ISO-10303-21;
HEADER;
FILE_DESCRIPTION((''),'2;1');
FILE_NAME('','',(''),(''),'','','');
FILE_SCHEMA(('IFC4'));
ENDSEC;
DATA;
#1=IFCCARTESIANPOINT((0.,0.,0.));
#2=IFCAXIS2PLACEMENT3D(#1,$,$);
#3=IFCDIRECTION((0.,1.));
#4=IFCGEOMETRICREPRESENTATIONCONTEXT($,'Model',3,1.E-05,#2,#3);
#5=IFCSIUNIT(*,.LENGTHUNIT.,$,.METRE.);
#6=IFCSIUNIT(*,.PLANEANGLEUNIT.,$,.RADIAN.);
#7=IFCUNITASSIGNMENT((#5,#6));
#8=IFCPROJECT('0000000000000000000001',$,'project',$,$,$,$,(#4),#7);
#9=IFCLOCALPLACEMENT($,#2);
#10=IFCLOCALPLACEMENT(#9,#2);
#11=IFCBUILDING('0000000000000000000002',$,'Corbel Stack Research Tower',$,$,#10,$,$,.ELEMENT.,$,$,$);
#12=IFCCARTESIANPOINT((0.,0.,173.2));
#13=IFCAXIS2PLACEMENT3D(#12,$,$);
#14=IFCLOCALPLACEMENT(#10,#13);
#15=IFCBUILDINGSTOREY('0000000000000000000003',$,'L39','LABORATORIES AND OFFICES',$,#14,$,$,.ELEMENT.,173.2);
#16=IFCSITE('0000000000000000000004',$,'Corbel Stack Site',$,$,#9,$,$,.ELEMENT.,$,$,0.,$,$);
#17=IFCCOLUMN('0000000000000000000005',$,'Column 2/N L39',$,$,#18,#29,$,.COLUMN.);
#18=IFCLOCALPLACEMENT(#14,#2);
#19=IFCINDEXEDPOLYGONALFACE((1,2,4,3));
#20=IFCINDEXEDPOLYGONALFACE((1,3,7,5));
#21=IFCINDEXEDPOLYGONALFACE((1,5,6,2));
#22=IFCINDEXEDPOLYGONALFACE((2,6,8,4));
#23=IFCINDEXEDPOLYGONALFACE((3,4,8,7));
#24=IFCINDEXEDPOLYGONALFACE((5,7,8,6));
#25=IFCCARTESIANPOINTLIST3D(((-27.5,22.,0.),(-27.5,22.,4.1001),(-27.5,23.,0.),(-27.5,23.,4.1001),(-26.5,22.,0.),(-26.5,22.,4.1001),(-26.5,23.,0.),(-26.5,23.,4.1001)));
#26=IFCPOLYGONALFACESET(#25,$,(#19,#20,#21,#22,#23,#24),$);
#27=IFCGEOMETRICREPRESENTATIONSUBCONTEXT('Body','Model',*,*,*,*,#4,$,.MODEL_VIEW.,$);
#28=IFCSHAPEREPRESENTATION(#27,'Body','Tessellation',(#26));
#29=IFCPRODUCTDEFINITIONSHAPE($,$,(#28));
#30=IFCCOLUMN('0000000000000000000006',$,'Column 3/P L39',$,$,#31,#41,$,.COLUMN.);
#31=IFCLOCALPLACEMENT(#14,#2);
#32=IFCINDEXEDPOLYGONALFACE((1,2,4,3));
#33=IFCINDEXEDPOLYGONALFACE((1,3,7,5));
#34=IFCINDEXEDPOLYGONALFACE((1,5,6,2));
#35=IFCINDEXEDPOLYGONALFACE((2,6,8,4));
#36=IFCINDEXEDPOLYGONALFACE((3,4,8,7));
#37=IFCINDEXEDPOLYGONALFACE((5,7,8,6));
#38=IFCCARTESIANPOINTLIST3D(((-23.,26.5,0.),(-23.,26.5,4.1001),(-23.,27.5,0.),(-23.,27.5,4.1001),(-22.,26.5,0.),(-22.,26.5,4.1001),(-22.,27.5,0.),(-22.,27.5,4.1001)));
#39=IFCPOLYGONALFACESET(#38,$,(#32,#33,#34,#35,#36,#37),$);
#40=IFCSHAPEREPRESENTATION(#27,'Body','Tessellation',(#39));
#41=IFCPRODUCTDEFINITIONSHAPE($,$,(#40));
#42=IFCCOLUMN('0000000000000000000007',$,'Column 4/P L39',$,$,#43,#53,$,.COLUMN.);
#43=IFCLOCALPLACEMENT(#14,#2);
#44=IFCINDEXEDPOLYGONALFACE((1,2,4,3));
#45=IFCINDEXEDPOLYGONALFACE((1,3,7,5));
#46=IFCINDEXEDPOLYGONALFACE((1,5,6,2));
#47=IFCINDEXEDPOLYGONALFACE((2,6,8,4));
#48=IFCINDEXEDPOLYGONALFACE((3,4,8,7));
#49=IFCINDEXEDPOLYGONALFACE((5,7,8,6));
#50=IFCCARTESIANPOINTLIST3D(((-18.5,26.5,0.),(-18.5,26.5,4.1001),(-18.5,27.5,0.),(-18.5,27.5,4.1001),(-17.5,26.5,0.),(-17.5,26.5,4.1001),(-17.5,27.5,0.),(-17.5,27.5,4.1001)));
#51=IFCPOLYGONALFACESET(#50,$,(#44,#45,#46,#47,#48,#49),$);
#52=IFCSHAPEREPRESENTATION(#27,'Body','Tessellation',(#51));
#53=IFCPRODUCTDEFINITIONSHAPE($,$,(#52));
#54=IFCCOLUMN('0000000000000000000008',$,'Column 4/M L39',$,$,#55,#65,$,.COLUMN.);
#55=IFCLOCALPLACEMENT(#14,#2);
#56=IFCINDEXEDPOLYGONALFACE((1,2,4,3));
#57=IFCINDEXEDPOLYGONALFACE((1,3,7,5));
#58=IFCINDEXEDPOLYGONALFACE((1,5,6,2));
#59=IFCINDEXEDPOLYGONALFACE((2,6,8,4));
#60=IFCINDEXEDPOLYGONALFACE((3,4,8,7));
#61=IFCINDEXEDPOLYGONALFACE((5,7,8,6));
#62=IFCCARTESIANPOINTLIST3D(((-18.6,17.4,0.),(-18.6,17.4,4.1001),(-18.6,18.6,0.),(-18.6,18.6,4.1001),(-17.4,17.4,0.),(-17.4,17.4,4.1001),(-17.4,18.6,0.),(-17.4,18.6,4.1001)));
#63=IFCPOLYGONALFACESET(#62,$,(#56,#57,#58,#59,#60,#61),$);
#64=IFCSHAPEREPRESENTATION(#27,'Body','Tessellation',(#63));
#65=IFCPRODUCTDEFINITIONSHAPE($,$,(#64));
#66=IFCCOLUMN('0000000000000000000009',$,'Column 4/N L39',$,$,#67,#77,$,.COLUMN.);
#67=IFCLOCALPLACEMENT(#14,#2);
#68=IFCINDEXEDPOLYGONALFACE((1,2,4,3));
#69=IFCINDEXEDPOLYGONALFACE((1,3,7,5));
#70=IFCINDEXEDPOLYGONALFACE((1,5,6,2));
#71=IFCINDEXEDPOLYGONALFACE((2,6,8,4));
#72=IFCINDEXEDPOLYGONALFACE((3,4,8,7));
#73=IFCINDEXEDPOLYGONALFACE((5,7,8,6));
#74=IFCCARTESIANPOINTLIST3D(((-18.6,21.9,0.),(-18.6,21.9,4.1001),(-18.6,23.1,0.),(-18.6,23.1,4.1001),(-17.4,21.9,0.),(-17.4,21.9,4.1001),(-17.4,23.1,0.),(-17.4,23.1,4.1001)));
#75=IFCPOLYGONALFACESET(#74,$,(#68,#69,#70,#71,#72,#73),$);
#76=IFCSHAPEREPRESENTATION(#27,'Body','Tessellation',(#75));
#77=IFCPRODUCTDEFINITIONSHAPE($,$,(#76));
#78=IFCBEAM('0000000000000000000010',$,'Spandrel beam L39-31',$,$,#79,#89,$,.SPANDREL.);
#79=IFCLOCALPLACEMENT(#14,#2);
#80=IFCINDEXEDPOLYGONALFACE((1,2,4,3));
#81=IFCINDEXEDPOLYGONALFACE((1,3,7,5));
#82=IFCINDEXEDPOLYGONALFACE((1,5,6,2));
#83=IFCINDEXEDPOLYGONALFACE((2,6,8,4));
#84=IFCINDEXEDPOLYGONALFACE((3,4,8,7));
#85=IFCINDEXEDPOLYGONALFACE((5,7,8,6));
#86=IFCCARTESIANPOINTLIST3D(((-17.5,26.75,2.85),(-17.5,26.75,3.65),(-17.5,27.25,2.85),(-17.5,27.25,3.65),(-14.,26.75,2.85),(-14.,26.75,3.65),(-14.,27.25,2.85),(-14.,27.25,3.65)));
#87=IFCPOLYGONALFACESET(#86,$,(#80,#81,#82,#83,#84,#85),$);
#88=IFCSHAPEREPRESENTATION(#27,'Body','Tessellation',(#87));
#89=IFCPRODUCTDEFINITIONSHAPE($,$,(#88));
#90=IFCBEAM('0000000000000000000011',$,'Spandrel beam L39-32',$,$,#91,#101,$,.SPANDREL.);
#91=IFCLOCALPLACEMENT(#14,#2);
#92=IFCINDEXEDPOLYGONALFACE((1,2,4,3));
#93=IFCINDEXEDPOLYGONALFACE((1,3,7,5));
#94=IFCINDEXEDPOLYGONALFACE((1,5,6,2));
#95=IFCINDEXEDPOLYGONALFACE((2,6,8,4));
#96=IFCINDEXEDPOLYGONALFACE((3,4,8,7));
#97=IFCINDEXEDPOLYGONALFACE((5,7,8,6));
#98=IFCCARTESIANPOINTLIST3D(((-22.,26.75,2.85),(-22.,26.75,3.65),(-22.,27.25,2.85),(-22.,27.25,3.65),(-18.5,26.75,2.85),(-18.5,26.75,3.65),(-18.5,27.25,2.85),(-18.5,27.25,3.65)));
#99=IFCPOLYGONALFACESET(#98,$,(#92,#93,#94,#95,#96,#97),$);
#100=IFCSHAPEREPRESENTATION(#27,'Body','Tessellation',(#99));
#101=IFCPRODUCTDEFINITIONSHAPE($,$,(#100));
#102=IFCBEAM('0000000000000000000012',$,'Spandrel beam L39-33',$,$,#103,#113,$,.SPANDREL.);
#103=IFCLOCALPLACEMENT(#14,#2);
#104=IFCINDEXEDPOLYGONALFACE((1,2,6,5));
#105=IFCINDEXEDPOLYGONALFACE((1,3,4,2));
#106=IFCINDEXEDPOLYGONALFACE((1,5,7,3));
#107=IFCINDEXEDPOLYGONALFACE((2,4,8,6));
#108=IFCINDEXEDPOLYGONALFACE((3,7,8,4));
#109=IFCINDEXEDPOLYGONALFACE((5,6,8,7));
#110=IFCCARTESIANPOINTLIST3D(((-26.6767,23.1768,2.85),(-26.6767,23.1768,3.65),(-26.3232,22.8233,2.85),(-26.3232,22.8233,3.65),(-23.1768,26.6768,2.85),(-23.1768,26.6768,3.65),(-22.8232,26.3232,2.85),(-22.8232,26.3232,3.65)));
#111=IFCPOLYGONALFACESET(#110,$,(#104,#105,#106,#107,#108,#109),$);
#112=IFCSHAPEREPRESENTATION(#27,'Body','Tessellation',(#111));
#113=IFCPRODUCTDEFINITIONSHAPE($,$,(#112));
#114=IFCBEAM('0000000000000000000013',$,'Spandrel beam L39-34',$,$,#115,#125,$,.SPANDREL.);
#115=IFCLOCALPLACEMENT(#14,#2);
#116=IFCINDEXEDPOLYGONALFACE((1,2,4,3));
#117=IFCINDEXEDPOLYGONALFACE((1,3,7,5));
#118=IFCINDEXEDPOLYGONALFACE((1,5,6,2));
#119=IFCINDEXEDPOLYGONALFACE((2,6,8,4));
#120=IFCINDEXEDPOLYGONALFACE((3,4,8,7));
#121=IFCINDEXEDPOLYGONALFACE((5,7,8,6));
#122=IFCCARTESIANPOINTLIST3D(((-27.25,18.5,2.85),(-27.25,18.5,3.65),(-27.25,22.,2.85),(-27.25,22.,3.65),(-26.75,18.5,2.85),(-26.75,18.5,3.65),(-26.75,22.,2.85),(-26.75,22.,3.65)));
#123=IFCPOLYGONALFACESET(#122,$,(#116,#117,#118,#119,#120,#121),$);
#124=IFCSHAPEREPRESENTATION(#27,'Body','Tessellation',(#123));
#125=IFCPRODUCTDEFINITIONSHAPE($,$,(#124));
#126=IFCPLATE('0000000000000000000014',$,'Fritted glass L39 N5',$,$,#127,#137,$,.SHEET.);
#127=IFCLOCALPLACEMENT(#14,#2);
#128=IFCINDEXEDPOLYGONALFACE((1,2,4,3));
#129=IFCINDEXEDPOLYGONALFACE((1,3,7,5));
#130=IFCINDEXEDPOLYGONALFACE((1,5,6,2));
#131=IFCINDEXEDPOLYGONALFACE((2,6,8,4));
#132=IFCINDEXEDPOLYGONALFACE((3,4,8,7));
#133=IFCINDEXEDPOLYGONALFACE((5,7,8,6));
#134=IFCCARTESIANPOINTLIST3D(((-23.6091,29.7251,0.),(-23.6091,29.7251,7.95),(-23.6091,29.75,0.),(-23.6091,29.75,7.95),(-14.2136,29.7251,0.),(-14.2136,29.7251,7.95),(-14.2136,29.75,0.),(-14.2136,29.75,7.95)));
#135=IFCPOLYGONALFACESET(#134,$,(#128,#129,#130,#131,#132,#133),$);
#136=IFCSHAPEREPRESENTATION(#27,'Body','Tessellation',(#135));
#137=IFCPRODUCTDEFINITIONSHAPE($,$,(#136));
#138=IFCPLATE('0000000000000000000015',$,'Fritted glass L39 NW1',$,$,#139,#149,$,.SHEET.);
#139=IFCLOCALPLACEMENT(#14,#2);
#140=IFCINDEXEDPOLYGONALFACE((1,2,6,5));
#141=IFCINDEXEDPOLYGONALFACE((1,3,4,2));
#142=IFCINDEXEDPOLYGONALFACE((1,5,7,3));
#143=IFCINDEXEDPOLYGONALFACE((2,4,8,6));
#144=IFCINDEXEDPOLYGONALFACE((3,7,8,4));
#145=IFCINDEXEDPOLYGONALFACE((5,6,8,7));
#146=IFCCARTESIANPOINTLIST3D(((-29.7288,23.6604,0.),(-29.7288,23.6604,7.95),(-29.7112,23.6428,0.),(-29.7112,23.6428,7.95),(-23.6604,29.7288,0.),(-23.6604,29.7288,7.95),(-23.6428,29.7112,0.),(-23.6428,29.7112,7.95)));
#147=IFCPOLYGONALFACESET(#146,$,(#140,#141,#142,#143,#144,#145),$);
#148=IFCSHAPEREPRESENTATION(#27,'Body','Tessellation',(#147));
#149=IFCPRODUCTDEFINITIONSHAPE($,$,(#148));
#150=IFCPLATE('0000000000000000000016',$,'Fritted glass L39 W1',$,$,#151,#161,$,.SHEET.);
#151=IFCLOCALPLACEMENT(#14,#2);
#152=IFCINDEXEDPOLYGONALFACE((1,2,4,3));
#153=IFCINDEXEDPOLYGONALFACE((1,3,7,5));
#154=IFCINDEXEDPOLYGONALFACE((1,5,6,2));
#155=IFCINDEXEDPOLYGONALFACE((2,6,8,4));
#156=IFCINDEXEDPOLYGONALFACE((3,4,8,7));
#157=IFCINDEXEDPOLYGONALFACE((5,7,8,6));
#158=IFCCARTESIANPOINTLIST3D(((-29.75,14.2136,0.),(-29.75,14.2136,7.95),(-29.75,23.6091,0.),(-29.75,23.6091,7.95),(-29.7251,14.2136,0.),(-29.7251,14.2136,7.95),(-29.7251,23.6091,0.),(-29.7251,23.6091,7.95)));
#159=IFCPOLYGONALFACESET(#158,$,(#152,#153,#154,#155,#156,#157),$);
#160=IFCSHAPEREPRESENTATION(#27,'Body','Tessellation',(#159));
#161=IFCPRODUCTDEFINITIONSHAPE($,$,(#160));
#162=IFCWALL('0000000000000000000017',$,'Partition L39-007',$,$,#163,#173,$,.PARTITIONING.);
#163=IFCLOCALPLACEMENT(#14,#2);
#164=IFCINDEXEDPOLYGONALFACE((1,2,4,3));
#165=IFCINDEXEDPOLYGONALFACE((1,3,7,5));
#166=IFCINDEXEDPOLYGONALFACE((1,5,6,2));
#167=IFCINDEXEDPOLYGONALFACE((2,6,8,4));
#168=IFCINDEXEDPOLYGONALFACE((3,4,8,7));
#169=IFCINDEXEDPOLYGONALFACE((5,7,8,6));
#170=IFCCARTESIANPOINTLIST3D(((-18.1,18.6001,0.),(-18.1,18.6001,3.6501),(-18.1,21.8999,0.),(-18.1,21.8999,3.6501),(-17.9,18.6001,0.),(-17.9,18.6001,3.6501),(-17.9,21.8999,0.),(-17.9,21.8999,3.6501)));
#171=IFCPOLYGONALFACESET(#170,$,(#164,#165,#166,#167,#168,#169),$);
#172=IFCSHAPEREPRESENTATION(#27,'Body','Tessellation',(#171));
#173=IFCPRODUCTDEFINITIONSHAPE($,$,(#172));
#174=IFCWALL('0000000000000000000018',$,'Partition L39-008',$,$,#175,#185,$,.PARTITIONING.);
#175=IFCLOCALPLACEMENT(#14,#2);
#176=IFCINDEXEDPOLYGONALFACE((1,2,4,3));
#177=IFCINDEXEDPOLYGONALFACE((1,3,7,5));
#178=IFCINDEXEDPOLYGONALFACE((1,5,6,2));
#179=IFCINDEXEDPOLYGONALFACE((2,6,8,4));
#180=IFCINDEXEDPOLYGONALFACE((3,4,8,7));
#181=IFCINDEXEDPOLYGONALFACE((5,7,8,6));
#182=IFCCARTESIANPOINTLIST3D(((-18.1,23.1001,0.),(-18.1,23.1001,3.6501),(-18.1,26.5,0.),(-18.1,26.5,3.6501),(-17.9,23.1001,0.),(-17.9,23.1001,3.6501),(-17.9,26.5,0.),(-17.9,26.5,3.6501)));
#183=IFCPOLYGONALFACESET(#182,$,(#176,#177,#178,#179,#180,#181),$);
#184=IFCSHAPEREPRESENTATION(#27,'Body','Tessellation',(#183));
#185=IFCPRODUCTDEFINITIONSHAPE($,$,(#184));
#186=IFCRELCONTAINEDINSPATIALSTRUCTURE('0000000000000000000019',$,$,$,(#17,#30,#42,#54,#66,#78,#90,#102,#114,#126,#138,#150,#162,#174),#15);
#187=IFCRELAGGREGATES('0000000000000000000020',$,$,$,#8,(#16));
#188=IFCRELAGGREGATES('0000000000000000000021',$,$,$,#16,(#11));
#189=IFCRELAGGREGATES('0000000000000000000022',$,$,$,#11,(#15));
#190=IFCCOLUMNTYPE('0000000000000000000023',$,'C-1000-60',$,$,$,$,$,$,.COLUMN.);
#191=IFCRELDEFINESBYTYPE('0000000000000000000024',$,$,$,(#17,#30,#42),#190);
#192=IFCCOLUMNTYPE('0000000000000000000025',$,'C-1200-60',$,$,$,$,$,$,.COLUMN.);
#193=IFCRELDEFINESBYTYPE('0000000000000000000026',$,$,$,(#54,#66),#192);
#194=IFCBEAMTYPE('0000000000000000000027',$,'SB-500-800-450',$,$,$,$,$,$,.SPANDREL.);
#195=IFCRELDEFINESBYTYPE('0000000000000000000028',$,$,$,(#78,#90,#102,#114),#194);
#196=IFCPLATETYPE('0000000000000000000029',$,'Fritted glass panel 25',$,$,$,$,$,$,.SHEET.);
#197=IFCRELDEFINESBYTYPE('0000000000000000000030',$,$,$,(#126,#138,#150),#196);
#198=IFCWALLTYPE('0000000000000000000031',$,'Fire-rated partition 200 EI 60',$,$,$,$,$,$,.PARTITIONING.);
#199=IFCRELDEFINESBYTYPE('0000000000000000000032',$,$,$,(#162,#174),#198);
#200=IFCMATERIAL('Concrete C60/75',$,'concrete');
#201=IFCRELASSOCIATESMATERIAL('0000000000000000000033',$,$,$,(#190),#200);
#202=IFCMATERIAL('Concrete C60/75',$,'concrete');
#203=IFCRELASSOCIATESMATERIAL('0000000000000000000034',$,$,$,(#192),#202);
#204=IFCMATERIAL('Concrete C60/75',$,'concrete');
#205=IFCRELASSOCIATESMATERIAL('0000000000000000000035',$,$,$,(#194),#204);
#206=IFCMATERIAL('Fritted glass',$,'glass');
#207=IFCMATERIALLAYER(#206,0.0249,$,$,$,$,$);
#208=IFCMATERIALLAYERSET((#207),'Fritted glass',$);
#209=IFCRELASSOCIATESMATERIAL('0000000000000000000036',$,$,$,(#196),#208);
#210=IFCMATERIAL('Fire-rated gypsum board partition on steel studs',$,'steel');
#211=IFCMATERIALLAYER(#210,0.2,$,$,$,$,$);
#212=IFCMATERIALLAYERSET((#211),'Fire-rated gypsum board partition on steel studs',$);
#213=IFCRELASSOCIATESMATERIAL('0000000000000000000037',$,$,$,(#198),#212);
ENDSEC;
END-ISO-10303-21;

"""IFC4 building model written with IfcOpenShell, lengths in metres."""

from ifc_helpers import new_model, si_unit, direction, frame, frame_2d, origin, origin_2d, place, context, subcontext, project, spatial, rectangle, extrude, material, layer, layer_set, material_profile, profile_set, type_object, element, save


model = new_model("IFC4")

# Units and contexts
model_context = context("Model", 3, precision=1e-05, world=origin(), true_north=direction((0.0, 1.0)))
body_context = subcontext(model_context, "Body", "Model", "MODEL_VIEW")
ifc_project = project(units=[si_unit("LENGTHUNIT", "METRE"), si_unit("PLANEANGLEUNIT", "RADIAN")], contexts=[model_context])

# Site, building, storey
site_placement = place(None, origin())
site = spatial("IfcSite", under=ifc_project, at=site_placement, Name="Corbel Stack Site", CompositionType="ELEMENT", RefElevation=0.0)
building_placement = place(site_placement, origin())
building = spatial("IfcBuilding", under=site, at=building_placement, Name="Corbel Stack Research Tower", CompositionType="ELEMENT")
storey_placement = place(building_placement, frame((0.0, 0.0, 173.2)))
storey = spatial("IfcBuildingStorey", under=building, at=storey_placement, Name="L39", Description="LABORATORIES AND OFFICES", CompositionType="ELEMENT", Elevation=173.2)

# Columns
ifc_material_1 = material(Name="Concrete C60/75", Category="concrete")
ifc_material_profile_1 = material_profile(ifc_material_1, rectangle(XDim=1.0, YDim=1.0, at=origin_2d()), Name="RC 1000 x 1000")
ifc_profile_set_1 = profile_set([ifc_material_profile_1], Name="Concrete C60/75")
column_type_1 = type_object("IfcColumnType", Name="C-1000-60", PredefinedType="COLUMN", material=ifc_profile_set_1)
for number, where, z_axis, x_axis, name in (
    (1, (-27.0, 22.5, 0.0), (0.0, 0.0, 1.0), (1.0, 0.0, 0.0), "Column 2/N L39"),
    (2, (-22.5, 27.0, 0.0), (0.0, 0.0, 1.0), (1.0, 0.0, 0.0), "Column 3/P L39"),
    (3, (-18.0, 27.0, 0.0), (0.0, 0.0, 1.0), (1.0, 0.0, 0.0), "Column 4/P L39"),
):
    element("IfcColumn", number, at=place(storey_placement, frame(where, z_axis=z_axis, x_axis=x_axis)), inside=storey, type_object=column_type_1, Name=name, PredefinedType="COLUMN", context=body_context, shape_type="SweptSolid", body=[
        extrude(rectangle(XDim=1.0, YDim=1.0, at=origin_2d()), origin(), (0.0, 0.0, 1.0), 4.1001),
    ])
ifc_material_2 = material(Name="Concrete C60/75", Category="concrete")
ifc_material_profile_2 = material_profile(ifc_material_2, rectangle(XDim=1.2, YDim=1.2, at=origin_2d()), Name="RC 1200 x 1200")
ifc_profile_set_2 = profile_set([ifc_material_profile_2], Name="Concrete C60/75")
column_type_2 = type_object("IfcColumnType", Name="C-1200-60", PredefinedType="COLUMN", material=ifc_profile_set_2)
for number, where, z_axis, x_axis, name in (
    (4, (-18.0, 18.0, 0.0), (0.0, 0.0, 1.0), (1.0, 0.0, 0.0), "Column 4/M L39"),
    (5, (-18.0, 22.5, 0.0), (0.0, 0.0, 1.0), (1.0, 0.0, 0.0), "Column 4/N L39"),
):
    element("IfcColumn", number, at=place(storey_placement, frame(where, z_axis=z_axis, x_axis=x_axis)), inside=storey, type_object=column_type_2, Name=name, PredefinedType="COLUMN", context=body_context, shape_type="SweptSolid", body=[
        extrude(rectangle(XDim=1.2, YDim=1.2, at=origin_2d()), origin(), (0.0, 0.0, 1.0), 4.1001),
    ])

# Beams
ifc_material_3 = material(Name="Concrete C60/75", Category="concrete")
ifc_material_profile_3 = material_profile(ifc_material_3, rectangle(XDim=0.5, YDim=0.8, at=origin_2d()), Name="RC 500 x 800")
ifc_profile_set_3 = profile_set([ifc_material_profile_3], Name="Concrete C60/75")
beam_type = type_object("IfcBeamType", Name="SB-500-800-450", PredefinedType="SPANDREL", material=ifc_profile_set_3)
for number, where, z_axis, x_axis, name in (
    (6, (-14.0, 27.0, 3.25), (-1.0, 0.0, 0.0), (0.0, -1.0, 0.0), "Spandrel beam L39-31"),
    (7, (-18.5, 27.0, 3.25), (-1.0, 0.0, 0.0), (0.0, -1.0, 0.0), "Spandrel beam L39-32"),
):
    element("IfcBeam", number, at=place(storey_placement, frame(where, z_axis=z_axis, x_axis=x_axis)), inside=storey, type_object=beam_type, Name=name, PredefinedType="SPANDREL", context=body_context, shape_type="SweptSolid", body=[
        extrude(rectangle(XDim=0.5, YDim=0.8, at=origin_2d()), origin(), (0.0, 0.0, 1.0), 3.5),
    ])
beam_1_placement = place(storey_placement, frame((-23.0, 26.5, 3.25), z_axis=(-0.707107, -0.707107, 0.0), x_axis=(0.707107, -0.707107, 0.0)))
element("IfcBeam", 8, at=beam_1_placement, inside=storey, type_object=beam_type, Name="Spandrel beam L39-33", PredefinedType="SPANDREL", context=body_context, shape_type="SweptSolid", body=[
    extrude(rectangle(XDim=0.5, YDim=0.8, at=origin_2d()), origin(), (0.0, 0.0, 1.0), 4.9497),
])
beam_2_placement = place(storey_placement, frame((-27.0, 22.0, 3.25), z_axis=(0.0, -1.0, 0.0), x_axis=(1.0, 0.0, 0.0)))
element("IfcBeam", 9, at=beam_2_placement, inside=storey, type_object=beam_type, Name="Spandrel beam L39-34", PredefinedType="SPANDREL", context=body_context, shape_type="SweptSolid", body=[
    extrude(rectangle(XDim=0.5, YDim=0.8, at=origin_2d()), origin(), (0.0, 0.0, 1.0), 3.5),
])

# Plates
ifc_material_4 = material(Name="Fritted glass", Category="glass")
ifc_layer_1 = layer(ifc_material_4, 0.0249)
ifc_layer_set_1 = layer_set([ifc_layer_1], Name="Fritted glass")
plate_type = type_object("IfcPlateType", Name="Fritted glass panel 25", PredefinedType="SHEET", material=ifc_layer_set_1)
plate_1_placement = place(storey_placement, frame((-18.9114, 29.7375, 0.0), z_axis=(0.0, 0.0, 1.0), x_axis=(-1.0, 0.0, 0.0)))
element("IfcPlate", 10, at=plate_1_placement, inside=storey, type_object=plate_type, Name="Fritted glass L39 N5", PredefinedType="SHEET", context=body_context, shape_type="SweptSolid", body=[
    extrude(rectangle(XDim=9.3955, YDim=0.0249, at=origin_2d()), origin(), (0.0, 0.0, 1.0), 7.95),
])
plate_2_placement = place(storey_placement, frame((-26.6858, 26.6858, 0.0), z_axis=(0.0, 0.0, 1.0), x_axis=(-0.707107, -0.707107, 0.0)))
element("IfcPlate", 11, at=plate_2_placement, inside=storey, type_object=plate_type, Name="Fritted glass L39 NW1", PredefinedType="SHEET", context=body_context, shape_type="SweptSolid", body=[
    extrude(rectangle(XDim=8.582, YDim=0.0249, at=origin_2d()), origin(), (0.0, 0.0, 1.0), 7.95),
])
plate_3_placement = place(storey_placement, frame((-29.7375, 18.9114, 0.0), z_axis=(0.0, 0.0, 1.0), x_axis=(0.0, -1.0, 0.0)))
element("IfcPlate", 12, at=plate_3_placement, inside=storey, type_object=plate_type, Name="Fritted glass L39 W1", PredefinedType="SHEET", context=body_context, shape_type="SweptSolid", body=[
    extrude(rectangle(XDim=9.3955, YDim=0.0249, at=origin_2d()), origin(), (0.0, 0.0, 1.0), 7.95),
])

# Walls
ifc_material_5 = material(Name="Fire-rated gypsum board partition on steel studs", Category="steel")
ifc_layer_2 = layer(ifc_material_5, 0.2)
ifc_layer_set_2 = layer_set([ifc_layer_2], Name="Fire-rated gypsum board partition on steel studs")
wall_type_1 = type_object("IfcWallType", Name="Fire-rated partition 200 EI 60", PredefinedType="PARTITIONING", material=ifc_layer_set_2)
wall_1_placement = place(storey_placement, frame((-18.0, 18.6001, 0.0), z_axis=(0.0, 0.0, 1.0), x_axis=(0.0, 1.0, 0.0)))
element("IfcWall", 13, at=wall_1_placement, inside=storey, type_object=wall_type_1, Name="Partition L39-007", PredefinedType="PARTITIONING", context=body_context, shape_type="SweptSolid", body=[
    extrude(rectangle(XDim=3.2998, YDim=0.2, at=frame_2d((1.6499, 0.0))), origin(), (0.0, 0.0, 1.0), 3.6501),
])
wall_2_placement = place(storey_placement, frame((-18.0, 23.1001, 0.0), z_axis=(0.0, 0.0, 1.0), x_axis=(0.0, 1.0, 0.0)))
element("IfcWall", 14, at=wall_2_placement, inside=storey, type_object=wall_type_1, Name="Partition L39-008", PredefinedType="PARTITIONING", context=body_context, shape_type="SweptSolid", body=[
    extrude(rectangle(XDim=3.3999, YDim=0.2, at=frame_2d((1.7, 0.0))), origin(), (0.0, 0.0, 1.0), 3.6501),
])

save(model, "model.ifc")
